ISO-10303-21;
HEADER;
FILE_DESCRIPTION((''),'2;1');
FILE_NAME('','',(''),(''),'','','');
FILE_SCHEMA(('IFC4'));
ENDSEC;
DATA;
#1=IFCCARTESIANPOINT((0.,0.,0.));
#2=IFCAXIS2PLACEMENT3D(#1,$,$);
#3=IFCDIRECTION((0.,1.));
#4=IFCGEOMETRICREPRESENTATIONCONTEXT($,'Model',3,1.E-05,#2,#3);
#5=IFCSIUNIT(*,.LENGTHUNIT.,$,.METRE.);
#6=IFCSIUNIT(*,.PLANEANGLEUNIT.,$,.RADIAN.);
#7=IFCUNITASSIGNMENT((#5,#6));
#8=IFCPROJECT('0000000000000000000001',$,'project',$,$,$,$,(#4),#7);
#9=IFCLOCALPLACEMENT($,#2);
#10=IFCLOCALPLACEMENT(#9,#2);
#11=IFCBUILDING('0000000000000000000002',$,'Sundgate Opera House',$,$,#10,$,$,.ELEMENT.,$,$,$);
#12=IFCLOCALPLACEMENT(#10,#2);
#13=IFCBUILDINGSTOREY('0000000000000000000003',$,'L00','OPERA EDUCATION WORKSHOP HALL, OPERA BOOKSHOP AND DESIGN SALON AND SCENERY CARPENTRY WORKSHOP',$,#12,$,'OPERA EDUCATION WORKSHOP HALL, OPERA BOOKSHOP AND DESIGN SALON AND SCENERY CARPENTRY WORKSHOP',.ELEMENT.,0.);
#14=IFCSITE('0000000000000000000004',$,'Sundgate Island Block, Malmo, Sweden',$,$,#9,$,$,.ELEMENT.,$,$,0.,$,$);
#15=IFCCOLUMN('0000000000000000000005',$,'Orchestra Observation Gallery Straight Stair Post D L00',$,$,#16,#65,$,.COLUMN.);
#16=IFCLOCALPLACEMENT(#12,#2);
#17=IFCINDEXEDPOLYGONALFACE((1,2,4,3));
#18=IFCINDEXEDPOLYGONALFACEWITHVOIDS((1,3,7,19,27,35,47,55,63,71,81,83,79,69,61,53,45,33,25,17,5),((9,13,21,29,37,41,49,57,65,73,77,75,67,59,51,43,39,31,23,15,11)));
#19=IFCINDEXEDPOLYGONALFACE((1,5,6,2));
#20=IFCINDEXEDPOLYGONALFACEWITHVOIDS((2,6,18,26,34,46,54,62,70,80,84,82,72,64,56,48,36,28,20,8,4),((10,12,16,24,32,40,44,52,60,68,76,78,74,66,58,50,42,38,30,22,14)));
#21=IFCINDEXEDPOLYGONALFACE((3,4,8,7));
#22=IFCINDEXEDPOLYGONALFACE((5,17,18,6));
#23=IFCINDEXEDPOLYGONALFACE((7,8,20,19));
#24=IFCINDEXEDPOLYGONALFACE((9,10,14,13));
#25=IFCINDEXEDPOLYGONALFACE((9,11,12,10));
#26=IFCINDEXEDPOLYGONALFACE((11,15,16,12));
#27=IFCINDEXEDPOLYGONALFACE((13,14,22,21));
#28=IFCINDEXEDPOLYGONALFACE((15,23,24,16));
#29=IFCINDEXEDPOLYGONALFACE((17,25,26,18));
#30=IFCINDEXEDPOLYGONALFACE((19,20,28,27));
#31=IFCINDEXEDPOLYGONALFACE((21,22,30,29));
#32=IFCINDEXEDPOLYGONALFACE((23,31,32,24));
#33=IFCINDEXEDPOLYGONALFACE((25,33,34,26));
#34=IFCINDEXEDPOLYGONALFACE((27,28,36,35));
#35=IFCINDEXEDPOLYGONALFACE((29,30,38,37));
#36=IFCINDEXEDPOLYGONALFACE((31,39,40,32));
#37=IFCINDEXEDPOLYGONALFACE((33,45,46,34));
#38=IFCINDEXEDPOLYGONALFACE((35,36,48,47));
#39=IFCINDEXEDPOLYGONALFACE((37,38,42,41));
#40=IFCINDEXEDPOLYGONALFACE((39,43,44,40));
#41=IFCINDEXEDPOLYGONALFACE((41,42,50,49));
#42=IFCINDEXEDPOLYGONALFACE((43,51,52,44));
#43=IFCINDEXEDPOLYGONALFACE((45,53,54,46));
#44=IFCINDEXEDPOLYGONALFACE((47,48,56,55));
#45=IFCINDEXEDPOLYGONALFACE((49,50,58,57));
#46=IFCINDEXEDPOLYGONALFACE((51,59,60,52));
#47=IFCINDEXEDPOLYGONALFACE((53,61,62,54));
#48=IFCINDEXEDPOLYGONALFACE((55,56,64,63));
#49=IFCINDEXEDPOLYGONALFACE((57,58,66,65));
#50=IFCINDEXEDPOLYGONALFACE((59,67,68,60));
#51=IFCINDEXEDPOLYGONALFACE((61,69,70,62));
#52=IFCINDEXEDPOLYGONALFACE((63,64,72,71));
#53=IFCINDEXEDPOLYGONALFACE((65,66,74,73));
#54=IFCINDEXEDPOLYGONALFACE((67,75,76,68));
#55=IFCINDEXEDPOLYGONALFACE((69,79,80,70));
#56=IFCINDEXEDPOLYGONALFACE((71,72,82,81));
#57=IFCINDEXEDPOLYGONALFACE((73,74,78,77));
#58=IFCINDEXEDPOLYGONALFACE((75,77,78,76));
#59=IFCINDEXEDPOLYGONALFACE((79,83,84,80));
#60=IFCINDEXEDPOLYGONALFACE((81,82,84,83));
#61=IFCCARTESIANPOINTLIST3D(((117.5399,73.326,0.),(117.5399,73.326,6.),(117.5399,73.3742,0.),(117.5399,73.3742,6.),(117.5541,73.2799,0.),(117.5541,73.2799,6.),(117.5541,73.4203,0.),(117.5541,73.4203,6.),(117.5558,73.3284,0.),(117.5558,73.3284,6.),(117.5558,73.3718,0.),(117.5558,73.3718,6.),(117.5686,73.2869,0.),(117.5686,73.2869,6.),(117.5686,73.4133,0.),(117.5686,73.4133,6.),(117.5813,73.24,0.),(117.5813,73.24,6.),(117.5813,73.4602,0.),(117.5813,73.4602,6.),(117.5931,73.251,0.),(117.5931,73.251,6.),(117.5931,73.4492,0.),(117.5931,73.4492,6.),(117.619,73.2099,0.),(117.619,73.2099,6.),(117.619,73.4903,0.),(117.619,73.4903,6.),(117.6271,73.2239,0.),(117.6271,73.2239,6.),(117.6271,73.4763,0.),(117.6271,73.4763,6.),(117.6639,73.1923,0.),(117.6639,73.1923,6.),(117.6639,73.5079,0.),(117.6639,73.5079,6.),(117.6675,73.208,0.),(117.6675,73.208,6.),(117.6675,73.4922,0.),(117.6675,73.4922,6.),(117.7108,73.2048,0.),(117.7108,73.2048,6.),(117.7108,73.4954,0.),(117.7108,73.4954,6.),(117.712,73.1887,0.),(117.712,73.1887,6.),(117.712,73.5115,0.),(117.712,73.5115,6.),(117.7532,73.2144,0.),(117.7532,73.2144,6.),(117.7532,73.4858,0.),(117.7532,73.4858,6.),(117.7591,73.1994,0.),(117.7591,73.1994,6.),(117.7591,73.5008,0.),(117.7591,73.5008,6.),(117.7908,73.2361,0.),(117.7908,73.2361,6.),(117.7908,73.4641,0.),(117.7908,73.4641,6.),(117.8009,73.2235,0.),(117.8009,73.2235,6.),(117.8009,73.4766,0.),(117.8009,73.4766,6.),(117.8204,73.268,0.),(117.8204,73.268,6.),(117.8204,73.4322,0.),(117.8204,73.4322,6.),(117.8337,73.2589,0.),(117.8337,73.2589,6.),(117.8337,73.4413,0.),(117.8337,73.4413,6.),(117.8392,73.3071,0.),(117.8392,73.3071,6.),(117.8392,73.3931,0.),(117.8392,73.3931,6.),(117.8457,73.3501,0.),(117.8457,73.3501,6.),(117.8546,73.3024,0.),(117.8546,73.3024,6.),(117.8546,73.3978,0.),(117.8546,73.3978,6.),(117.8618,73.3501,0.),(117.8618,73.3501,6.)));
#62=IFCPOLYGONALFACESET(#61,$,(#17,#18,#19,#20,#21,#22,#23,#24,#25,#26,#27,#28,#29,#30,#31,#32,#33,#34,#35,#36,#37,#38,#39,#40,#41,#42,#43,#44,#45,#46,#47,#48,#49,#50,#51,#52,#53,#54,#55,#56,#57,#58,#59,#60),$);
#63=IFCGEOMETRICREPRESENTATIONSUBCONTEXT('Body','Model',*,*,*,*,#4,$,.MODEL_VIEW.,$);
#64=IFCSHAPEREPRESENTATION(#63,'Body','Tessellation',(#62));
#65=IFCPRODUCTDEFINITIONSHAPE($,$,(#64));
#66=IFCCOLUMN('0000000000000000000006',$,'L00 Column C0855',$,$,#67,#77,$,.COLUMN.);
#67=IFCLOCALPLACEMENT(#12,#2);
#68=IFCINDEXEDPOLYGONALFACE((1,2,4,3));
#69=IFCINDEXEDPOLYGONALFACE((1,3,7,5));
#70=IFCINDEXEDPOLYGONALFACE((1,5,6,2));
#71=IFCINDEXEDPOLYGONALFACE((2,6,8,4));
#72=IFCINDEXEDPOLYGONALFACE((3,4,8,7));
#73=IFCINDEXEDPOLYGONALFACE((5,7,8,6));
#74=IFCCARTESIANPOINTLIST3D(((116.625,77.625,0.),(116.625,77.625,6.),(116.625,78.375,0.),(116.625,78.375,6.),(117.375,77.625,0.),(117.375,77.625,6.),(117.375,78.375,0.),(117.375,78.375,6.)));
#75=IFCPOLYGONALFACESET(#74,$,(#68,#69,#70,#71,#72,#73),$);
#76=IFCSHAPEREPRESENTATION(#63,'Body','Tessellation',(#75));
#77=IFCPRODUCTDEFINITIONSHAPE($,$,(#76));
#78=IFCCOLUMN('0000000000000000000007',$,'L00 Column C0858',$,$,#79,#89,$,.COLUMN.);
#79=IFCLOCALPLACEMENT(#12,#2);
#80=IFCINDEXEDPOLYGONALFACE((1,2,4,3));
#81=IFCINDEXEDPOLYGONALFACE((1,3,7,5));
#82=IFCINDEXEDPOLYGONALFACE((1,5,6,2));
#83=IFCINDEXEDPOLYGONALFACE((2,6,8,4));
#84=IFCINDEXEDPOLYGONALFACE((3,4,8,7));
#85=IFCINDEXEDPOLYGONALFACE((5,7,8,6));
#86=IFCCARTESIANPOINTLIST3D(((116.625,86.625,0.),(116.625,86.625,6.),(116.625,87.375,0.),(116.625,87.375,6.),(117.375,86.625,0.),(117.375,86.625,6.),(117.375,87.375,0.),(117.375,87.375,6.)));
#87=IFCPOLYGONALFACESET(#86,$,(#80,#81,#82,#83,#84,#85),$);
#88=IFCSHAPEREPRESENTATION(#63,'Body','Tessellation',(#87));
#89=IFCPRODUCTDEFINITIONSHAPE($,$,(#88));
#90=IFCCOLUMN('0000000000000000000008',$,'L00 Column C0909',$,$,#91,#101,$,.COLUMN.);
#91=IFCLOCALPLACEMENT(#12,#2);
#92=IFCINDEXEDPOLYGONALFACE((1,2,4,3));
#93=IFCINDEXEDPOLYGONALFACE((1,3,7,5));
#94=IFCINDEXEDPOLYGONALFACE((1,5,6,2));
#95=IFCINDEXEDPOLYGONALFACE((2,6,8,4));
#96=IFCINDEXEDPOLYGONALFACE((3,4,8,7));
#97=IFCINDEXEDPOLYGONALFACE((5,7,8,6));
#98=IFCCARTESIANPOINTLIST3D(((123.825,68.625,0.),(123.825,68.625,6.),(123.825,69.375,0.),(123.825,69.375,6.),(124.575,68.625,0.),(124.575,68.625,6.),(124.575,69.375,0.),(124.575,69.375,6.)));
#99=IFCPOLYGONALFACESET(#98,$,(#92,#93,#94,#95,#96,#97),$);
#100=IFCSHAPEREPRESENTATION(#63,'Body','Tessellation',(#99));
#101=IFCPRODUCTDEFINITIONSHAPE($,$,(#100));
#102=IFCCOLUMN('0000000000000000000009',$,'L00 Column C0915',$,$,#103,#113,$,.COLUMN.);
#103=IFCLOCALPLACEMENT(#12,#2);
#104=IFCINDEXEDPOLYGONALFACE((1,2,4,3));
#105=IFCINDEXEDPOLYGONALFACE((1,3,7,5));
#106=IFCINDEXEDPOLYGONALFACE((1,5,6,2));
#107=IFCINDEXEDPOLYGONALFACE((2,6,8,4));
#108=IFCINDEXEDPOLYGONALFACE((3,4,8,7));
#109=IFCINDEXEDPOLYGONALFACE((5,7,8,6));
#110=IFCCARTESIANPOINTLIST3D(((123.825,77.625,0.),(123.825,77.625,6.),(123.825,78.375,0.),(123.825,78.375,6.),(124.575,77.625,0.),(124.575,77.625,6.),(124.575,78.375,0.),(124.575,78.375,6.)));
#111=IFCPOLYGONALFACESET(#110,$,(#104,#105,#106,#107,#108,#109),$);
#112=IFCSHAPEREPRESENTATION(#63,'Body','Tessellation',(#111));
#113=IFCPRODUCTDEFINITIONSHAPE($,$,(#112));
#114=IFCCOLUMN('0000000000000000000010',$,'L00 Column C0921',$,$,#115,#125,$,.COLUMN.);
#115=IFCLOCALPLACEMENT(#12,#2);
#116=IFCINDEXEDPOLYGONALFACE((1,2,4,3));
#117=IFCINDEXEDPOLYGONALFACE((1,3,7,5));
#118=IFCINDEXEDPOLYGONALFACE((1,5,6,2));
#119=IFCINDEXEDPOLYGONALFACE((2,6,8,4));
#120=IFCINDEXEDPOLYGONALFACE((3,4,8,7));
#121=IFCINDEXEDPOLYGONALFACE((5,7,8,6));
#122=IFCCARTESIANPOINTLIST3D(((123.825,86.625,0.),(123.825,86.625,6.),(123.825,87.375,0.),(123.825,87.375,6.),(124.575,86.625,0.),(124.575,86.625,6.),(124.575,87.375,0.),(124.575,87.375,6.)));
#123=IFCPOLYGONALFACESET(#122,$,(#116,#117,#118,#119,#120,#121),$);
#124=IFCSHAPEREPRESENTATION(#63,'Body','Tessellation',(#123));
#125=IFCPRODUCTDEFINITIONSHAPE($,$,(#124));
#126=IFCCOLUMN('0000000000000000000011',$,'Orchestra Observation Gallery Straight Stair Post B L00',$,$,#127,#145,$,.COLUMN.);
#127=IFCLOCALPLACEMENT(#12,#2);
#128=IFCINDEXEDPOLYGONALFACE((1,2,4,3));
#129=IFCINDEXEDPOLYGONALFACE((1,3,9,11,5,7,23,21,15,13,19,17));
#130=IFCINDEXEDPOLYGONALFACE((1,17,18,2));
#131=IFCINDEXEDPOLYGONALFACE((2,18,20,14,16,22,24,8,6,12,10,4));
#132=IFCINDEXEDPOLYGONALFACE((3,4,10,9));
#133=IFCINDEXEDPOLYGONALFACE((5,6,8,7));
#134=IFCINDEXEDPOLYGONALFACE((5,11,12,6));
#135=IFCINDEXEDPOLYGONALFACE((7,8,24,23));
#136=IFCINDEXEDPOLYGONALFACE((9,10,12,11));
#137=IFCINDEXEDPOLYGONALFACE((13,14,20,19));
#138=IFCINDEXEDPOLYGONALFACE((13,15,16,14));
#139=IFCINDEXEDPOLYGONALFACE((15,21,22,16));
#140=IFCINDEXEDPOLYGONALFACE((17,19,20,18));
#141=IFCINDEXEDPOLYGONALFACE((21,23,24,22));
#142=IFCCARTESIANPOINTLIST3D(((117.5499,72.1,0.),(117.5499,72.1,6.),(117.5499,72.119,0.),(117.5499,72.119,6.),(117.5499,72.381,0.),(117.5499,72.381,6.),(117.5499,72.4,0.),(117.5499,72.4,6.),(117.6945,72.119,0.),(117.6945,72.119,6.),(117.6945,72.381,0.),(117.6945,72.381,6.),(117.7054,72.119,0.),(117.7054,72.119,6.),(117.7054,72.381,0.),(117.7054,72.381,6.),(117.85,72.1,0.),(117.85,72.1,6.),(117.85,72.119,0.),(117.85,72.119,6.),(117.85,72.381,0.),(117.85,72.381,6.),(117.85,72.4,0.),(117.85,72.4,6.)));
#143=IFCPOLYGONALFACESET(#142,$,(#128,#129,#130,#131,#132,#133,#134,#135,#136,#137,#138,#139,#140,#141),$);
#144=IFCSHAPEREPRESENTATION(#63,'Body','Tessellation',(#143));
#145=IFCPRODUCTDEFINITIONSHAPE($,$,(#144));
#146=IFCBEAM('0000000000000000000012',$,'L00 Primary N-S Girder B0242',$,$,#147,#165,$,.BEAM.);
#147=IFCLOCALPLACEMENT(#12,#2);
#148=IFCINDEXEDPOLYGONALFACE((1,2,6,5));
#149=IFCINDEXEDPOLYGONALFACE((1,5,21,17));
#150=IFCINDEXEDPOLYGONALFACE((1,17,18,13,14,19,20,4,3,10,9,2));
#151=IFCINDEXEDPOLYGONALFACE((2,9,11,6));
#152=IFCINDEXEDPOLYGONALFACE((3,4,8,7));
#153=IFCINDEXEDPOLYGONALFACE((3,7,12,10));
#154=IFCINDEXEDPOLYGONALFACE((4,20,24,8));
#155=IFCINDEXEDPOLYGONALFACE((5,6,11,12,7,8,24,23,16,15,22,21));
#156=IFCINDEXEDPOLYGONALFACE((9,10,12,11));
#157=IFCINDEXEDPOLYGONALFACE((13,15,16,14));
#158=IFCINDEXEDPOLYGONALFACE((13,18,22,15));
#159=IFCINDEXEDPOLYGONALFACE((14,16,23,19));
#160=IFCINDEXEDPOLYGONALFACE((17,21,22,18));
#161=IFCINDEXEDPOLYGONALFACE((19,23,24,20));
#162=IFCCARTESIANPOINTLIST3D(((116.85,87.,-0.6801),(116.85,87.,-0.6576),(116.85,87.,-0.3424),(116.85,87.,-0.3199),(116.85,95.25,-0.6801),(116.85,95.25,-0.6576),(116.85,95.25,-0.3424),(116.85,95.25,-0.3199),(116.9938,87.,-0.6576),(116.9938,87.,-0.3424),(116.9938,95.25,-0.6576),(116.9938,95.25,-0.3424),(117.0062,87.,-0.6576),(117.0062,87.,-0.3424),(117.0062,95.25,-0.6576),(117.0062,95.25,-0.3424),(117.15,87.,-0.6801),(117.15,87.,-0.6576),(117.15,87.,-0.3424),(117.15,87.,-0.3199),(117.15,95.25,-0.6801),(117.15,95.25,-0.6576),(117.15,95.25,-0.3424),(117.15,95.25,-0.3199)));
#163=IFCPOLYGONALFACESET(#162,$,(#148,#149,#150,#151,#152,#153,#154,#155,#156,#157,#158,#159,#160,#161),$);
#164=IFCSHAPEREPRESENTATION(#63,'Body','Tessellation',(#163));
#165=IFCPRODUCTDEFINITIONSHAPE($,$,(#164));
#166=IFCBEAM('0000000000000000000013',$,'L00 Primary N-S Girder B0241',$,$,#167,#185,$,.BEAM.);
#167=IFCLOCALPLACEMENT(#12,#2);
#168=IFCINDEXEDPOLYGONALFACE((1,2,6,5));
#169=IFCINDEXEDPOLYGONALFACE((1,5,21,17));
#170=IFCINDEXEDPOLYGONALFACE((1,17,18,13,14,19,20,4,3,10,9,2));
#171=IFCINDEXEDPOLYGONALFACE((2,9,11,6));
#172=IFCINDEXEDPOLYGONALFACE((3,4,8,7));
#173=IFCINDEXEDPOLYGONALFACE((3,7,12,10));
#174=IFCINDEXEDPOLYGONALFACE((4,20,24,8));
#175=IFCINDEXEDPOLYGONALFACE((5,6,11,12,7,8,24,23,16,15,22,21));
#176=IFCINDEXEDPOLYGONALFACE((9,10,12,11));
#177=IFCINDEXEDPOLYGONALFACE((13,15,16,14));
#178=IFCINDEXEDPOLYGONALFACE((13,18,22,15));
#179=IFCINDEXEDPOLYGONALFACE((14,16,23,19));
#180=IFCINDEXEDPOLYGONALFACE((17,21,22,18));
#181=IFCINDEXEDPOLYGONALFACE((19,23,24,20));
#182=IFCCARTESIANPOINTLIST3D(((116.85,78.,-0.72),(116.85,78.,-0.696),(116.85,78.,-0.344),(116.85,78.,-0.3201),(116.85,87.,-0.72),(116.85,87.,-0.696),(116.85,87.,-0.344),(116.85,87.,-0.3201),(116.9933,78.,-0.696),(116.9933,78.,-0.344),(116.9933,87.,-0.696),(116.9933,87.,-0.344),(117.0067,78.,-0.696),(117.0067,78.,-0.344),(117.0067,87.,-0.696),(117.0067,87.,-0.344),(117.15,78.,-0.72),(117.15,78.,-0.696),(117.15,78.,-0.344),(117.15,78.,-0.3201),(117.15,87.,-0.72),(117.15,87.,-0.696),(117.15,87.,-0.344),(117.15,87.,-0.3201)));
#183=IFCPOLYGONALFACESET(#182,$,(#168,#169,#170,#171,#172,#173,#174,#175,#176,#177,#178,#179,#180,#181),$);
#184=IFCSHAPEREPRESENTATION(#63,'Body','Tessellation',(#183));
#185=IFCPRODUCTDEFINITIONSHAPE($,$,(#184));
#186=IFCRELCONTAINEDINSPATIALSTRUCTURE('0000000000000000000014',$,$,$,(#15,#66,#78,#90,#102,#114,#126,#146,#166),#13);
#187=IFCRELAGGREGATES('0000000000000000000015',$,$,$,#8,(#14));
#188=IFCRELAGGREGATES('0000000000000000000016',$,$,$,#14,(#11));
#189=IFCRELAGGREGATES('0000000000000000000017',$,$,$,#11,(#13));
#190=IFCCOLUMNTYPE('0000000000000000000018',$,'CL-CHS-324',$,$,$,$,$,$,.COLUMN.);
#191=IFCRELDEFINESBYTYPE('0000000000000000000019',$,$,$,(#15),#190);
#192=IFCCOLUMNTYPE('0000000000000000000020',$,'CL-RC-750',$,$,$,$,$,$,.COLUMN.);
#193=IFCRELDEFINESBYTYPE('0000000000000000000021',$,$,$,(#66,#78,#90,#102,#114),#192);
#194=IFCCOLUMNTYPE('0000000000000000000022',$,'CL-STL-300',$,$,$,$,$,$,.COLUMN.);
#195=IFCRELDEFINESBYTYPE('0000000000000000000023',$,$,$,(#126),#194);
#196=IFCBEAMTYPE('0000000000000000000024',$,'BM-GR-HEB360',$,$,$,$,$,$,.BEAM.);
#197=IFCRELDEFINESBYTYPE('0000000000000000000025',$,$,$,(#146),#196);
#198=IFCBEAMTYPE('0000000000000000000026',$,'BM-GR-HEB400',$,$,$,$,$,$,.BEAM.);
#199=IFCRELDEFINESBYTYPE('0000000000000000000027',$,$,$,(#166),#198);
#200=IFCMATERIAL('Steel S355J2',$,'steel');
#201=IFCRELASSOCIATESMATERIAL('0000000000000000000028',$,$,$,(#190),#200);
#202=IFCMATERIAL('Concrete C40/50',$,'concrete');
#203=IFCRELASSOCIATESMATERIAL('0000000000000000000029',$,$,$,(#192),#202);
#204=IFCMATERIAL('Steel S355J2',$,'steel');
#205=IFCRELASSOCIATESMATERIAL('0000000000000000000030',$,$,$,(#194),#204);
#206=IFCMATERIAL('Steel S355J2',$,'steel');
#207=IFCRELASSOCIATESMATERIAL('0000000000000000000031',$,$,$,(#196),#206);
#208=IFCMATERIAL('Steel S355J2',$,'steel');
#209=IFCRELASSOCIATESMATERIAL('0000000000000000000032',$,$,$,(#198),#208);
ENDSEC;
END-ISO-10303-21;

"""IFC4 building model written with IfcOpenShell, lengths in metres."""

from ifc_helpers import new_model, si_unit, direction, frame, origin, origin_2d, place, context, subcontext, project, spatial, rectangle, hollow_circle, i_section, extrude, material, material_profile, profile_set, type_object, element, save


model = new_model("IFC4")

# Units and contexts
model_context = context("Model", 3, precision=1e-05, world=origin(), true_north=direction((0.0, 1.0)))
body_context = subcontext(model_context, "Body", "Model", "MODEL_VIEW")
ifc_project = project(units=[si_unit("LENGTHUNIT", "METRE"), si_unit("PLANEANGLEUNIT", "RADIAN")], contexts=[model_context])

# Site, building, storey
site_placement = place(None, origin())
site = spatial("IfcSite", under=ifc_project, at=site_placement, Name="Sundgate Island Block, Malmo, Sweden", CompositionType="ELEMENT", RefElevation=0.0)
building_placement = place(site_placement, origin())
building = spatial("IfcBuilding", under=site, at=building_placement, Name="Sundgate Opera House", CompositionType="ELEMENT")
storey_placement = place(building_placement, origin())
storey = spatial("IfcBuildingStorey", under=building, at=storey_placement, Name="L00", Description="OPERA EDUCATION WORKSHOP HALL, OPERA BOOKSHOP AND DESIGN SALON AND SCENERY CARPENTRY WORKSHOP", LongName="OPERA EDUCATION WORKSHOP HALL, OPERA BOOKSHOP AND DESIGN SALON AND SCENERY CARPENTRY WORKSHOP", CompositionType="ELEMENT", Elevation=0.0)

# Columns
ifc_material_1 = material(Name="Steel S355J2", Category="steel")
ifc_material_profile_1 = material_profile(ifc_material_1, hollow_circle(Radius=0.1619, WallThickness=0.0161, at=origin_2d()), Name="CHS 323.9x16.0")
ifc_profile_set_1 = profile_set([ifc_material_profile_1], Name="Steel S355J2")
column_type_1 = type_object("IfcColumnType", Name="CL-CHS-324", PredefinedType="COLUMN", material=ifc_profile_set_1)
column_1_placement = place(storey_placement, frame((117.7, 73.3501, 0.0), z_axis=(0.0, 0.0, 1.0), x_axis=(1.0, 0.0, 0.0)))
element("IfcColumn", 1, at=column_1_placement, inside=storey, type_object=column_type_1, Name="Orchestra Observation Gallery Straight Stair Post D L00", PredefinedType="COLUMN", context=body_context, shape_type="SweptSolid", body=[
    extrude(hollow_circle(Radius=0.1619, WallThickness=0.0161, at=origin_2d()), origin(), (0.0, 0.0, 1.0), 6.0),
])
ifc_material_2 = material(Name="Concrete C40/50", Category="concrete")
ifc_material_profile_2 = material_profile(ifc_material_2, rectangle(XDim=0.75, YDim=0.75, at=origin_2d()), Name="RC 750x750")
ifc_profile_set_2 = profile_set([ifc_material_profile_2], Name="Concrete C40/50")
column_type_2 = type_object("IfcColumnType", Name="CL-RC-750", PredefinedType="COLUMN", material=ifc_profile_set_2)
for number, where, z_axis, x_axis, name in (
    (2, (117.0, 78.0, 0.0), (0.0, 0.0, 1.0), (1.0, 0.0, 0.0), "L00 Column C0855"),
    (3, (117.0, 87.0, 0.0), (0.0, 0.0, 1.0), (1.0, 0.0, 0.0), "L00 Column C0858"),
    (4, (124.2, 69.0, 0.0), (0.0, 0.0, 1.0), (1.0, 0.0, 0.0), "L00 Column C0909"),
    (5, (124.2, 78.0, 0.0), (0.0, 0.0, 1.0), (1.0, 0.0, 0.0), "L00 Column C0915"),
    (6, (124.2, 87.0, 0.0), (0.0, 0.0, 1.0), (1.0, 0.0, 0.0), "L00 Column C0921"),
):
    element("IfcColumn", number, at=place(storey_placement, frame(where, z_axis=z_axis, x_axis=x_axis)), inside=storey, type_object=column_type_2, Name=name, PredefinedType="COLUMN", context=body_context, shape_type="SweptSolid", body=[
        extrude(rectangle(XDim=0.75, YDim=0.75, at=origin_2d()), origin(), (0.0, 0.0, 1.0), 6.0),
    ])
ifc_material_3 = material(Name="Steel S355J2", Category="steel")
ifc_material_profile_3 = material_profile(ifc_material_3, i_section(OverallWidth=0.3, OverallDepth=0.3, WebThickness=0.011, FlangeThickness=0.019, at=origin_2d()), Name="HEB 300")
ifc_profile_set_3 = profile_set([ifc_material_profile_3], Name="Steel S355J2")
column_type_3 = type_object("IfcColumnType", Name="CL-STL-300", PredefinedType="COLUMN", material=ifc_profile_set_3)
column_2_placement = place(storey_placement, frame((117.7, 72.25, 0.0), z_axis=(0.0, 0.0, 1.0), x_axis=(1.0, 0.0, 0.0)))
element("IfcColumn", 7, at=column_2_placement, inside=storey, type_object=column_type_3, Name="Orchestra Observation Gallery Straight Stair Post B L00", PredefinedType="COLUMN", context=body_context, shape_type="SweptSolid", body=[
    extrude(i_section(OverallWidth=0.3, OverallDepth=0.3, WebThickness=0.011, FlangeThickness=0.019, at=origin_2d()), origin(), (0.0, 0.0, 1.0), 6.0),
])

# Beams
ifc_material_4 = material(Name="Steel S355J2", Category="steel")
ifc_material_profile_4 = material_profile(ifc_material_4, i_section(OverallWidth=0.3, OverallDepth=0.3601, WebThickness=0.0125, FlangeThickness=0.0225, at=origin_2d()), Name="HEB 360")
ifc_profile_set_4 = profile_set([ifc_material_profile_4], Name="Steel S355J2")
beam_type_1 = type_object("IfcBeamType", Name="BM-GR-HEB360", PredefinedType="BEAM", material=ifc_profile_set_4)
beam_1_placement = place(storey_placement, frame((117.0, 87.0, -0.5), z_axis=(0.0, 1.0, 0.0), x_axis=(-1.0, 0.0, 0.0)))
element("IfcBeam", 8, at=beam_1_placement, inside=storey, type_object=beam_type_1, Name="L00 Primary N-S Girder B0242", PredefinedType="BEAM", context=body_context, shape_type="SweptSolid", body=[
    extrude(i_section(OverallWidth=0.3, OverallDepth=0.3601, WebThickness=0.0125, FlangeThickness=0.0225, at=origin_2d()), origin(), (0.0, 0.0, 1.0), 8.25),
])
ifc_material_5 = material(Name="Steel S355J2", Category="steel")
ifc_material_profile_5 = material_profile(ifc_material_5, i_section(OverallWidth=0.3, OverallDepth=0.3999, WebThickness=0.0134, FlangeThickness=0.0239, at=origin_2d()), Name="HEB 400")
ifc_profile_set_5 = profile_set([ifc_material_profile_5], Name="Steel S355J2")
beam_type_2 = type_object("IfcBeamType", Name="BM-GR-HEB400", PredefinedType="BEAM", material=ifc_profile_set_5)
beam_2_placement = place(storey_placement, frame((117.0, 78.0, -0.52), z_axis=(0.0, 1.0, 0.0), x_axis=(-1.0, 0.0, 0.0)))
element("IfcBeam", 9, at=beam_2_placement, inside=storey, type_object=beam_type_2, Name="L00 Primary N-S Girder B0241", PredefinedType="BEAM", context=body_context, shape_type="SweptSolid", body=[
    extrude(i_section(OverallWidth=0.3, OverallDepth=0.3999, WebThickness=0.0134, FlangeThickness=0.0239, at=origin_2d()), origin(), (0.0, 0.0, 1.0), 9.0),
])

save(model, "model.ifc")
